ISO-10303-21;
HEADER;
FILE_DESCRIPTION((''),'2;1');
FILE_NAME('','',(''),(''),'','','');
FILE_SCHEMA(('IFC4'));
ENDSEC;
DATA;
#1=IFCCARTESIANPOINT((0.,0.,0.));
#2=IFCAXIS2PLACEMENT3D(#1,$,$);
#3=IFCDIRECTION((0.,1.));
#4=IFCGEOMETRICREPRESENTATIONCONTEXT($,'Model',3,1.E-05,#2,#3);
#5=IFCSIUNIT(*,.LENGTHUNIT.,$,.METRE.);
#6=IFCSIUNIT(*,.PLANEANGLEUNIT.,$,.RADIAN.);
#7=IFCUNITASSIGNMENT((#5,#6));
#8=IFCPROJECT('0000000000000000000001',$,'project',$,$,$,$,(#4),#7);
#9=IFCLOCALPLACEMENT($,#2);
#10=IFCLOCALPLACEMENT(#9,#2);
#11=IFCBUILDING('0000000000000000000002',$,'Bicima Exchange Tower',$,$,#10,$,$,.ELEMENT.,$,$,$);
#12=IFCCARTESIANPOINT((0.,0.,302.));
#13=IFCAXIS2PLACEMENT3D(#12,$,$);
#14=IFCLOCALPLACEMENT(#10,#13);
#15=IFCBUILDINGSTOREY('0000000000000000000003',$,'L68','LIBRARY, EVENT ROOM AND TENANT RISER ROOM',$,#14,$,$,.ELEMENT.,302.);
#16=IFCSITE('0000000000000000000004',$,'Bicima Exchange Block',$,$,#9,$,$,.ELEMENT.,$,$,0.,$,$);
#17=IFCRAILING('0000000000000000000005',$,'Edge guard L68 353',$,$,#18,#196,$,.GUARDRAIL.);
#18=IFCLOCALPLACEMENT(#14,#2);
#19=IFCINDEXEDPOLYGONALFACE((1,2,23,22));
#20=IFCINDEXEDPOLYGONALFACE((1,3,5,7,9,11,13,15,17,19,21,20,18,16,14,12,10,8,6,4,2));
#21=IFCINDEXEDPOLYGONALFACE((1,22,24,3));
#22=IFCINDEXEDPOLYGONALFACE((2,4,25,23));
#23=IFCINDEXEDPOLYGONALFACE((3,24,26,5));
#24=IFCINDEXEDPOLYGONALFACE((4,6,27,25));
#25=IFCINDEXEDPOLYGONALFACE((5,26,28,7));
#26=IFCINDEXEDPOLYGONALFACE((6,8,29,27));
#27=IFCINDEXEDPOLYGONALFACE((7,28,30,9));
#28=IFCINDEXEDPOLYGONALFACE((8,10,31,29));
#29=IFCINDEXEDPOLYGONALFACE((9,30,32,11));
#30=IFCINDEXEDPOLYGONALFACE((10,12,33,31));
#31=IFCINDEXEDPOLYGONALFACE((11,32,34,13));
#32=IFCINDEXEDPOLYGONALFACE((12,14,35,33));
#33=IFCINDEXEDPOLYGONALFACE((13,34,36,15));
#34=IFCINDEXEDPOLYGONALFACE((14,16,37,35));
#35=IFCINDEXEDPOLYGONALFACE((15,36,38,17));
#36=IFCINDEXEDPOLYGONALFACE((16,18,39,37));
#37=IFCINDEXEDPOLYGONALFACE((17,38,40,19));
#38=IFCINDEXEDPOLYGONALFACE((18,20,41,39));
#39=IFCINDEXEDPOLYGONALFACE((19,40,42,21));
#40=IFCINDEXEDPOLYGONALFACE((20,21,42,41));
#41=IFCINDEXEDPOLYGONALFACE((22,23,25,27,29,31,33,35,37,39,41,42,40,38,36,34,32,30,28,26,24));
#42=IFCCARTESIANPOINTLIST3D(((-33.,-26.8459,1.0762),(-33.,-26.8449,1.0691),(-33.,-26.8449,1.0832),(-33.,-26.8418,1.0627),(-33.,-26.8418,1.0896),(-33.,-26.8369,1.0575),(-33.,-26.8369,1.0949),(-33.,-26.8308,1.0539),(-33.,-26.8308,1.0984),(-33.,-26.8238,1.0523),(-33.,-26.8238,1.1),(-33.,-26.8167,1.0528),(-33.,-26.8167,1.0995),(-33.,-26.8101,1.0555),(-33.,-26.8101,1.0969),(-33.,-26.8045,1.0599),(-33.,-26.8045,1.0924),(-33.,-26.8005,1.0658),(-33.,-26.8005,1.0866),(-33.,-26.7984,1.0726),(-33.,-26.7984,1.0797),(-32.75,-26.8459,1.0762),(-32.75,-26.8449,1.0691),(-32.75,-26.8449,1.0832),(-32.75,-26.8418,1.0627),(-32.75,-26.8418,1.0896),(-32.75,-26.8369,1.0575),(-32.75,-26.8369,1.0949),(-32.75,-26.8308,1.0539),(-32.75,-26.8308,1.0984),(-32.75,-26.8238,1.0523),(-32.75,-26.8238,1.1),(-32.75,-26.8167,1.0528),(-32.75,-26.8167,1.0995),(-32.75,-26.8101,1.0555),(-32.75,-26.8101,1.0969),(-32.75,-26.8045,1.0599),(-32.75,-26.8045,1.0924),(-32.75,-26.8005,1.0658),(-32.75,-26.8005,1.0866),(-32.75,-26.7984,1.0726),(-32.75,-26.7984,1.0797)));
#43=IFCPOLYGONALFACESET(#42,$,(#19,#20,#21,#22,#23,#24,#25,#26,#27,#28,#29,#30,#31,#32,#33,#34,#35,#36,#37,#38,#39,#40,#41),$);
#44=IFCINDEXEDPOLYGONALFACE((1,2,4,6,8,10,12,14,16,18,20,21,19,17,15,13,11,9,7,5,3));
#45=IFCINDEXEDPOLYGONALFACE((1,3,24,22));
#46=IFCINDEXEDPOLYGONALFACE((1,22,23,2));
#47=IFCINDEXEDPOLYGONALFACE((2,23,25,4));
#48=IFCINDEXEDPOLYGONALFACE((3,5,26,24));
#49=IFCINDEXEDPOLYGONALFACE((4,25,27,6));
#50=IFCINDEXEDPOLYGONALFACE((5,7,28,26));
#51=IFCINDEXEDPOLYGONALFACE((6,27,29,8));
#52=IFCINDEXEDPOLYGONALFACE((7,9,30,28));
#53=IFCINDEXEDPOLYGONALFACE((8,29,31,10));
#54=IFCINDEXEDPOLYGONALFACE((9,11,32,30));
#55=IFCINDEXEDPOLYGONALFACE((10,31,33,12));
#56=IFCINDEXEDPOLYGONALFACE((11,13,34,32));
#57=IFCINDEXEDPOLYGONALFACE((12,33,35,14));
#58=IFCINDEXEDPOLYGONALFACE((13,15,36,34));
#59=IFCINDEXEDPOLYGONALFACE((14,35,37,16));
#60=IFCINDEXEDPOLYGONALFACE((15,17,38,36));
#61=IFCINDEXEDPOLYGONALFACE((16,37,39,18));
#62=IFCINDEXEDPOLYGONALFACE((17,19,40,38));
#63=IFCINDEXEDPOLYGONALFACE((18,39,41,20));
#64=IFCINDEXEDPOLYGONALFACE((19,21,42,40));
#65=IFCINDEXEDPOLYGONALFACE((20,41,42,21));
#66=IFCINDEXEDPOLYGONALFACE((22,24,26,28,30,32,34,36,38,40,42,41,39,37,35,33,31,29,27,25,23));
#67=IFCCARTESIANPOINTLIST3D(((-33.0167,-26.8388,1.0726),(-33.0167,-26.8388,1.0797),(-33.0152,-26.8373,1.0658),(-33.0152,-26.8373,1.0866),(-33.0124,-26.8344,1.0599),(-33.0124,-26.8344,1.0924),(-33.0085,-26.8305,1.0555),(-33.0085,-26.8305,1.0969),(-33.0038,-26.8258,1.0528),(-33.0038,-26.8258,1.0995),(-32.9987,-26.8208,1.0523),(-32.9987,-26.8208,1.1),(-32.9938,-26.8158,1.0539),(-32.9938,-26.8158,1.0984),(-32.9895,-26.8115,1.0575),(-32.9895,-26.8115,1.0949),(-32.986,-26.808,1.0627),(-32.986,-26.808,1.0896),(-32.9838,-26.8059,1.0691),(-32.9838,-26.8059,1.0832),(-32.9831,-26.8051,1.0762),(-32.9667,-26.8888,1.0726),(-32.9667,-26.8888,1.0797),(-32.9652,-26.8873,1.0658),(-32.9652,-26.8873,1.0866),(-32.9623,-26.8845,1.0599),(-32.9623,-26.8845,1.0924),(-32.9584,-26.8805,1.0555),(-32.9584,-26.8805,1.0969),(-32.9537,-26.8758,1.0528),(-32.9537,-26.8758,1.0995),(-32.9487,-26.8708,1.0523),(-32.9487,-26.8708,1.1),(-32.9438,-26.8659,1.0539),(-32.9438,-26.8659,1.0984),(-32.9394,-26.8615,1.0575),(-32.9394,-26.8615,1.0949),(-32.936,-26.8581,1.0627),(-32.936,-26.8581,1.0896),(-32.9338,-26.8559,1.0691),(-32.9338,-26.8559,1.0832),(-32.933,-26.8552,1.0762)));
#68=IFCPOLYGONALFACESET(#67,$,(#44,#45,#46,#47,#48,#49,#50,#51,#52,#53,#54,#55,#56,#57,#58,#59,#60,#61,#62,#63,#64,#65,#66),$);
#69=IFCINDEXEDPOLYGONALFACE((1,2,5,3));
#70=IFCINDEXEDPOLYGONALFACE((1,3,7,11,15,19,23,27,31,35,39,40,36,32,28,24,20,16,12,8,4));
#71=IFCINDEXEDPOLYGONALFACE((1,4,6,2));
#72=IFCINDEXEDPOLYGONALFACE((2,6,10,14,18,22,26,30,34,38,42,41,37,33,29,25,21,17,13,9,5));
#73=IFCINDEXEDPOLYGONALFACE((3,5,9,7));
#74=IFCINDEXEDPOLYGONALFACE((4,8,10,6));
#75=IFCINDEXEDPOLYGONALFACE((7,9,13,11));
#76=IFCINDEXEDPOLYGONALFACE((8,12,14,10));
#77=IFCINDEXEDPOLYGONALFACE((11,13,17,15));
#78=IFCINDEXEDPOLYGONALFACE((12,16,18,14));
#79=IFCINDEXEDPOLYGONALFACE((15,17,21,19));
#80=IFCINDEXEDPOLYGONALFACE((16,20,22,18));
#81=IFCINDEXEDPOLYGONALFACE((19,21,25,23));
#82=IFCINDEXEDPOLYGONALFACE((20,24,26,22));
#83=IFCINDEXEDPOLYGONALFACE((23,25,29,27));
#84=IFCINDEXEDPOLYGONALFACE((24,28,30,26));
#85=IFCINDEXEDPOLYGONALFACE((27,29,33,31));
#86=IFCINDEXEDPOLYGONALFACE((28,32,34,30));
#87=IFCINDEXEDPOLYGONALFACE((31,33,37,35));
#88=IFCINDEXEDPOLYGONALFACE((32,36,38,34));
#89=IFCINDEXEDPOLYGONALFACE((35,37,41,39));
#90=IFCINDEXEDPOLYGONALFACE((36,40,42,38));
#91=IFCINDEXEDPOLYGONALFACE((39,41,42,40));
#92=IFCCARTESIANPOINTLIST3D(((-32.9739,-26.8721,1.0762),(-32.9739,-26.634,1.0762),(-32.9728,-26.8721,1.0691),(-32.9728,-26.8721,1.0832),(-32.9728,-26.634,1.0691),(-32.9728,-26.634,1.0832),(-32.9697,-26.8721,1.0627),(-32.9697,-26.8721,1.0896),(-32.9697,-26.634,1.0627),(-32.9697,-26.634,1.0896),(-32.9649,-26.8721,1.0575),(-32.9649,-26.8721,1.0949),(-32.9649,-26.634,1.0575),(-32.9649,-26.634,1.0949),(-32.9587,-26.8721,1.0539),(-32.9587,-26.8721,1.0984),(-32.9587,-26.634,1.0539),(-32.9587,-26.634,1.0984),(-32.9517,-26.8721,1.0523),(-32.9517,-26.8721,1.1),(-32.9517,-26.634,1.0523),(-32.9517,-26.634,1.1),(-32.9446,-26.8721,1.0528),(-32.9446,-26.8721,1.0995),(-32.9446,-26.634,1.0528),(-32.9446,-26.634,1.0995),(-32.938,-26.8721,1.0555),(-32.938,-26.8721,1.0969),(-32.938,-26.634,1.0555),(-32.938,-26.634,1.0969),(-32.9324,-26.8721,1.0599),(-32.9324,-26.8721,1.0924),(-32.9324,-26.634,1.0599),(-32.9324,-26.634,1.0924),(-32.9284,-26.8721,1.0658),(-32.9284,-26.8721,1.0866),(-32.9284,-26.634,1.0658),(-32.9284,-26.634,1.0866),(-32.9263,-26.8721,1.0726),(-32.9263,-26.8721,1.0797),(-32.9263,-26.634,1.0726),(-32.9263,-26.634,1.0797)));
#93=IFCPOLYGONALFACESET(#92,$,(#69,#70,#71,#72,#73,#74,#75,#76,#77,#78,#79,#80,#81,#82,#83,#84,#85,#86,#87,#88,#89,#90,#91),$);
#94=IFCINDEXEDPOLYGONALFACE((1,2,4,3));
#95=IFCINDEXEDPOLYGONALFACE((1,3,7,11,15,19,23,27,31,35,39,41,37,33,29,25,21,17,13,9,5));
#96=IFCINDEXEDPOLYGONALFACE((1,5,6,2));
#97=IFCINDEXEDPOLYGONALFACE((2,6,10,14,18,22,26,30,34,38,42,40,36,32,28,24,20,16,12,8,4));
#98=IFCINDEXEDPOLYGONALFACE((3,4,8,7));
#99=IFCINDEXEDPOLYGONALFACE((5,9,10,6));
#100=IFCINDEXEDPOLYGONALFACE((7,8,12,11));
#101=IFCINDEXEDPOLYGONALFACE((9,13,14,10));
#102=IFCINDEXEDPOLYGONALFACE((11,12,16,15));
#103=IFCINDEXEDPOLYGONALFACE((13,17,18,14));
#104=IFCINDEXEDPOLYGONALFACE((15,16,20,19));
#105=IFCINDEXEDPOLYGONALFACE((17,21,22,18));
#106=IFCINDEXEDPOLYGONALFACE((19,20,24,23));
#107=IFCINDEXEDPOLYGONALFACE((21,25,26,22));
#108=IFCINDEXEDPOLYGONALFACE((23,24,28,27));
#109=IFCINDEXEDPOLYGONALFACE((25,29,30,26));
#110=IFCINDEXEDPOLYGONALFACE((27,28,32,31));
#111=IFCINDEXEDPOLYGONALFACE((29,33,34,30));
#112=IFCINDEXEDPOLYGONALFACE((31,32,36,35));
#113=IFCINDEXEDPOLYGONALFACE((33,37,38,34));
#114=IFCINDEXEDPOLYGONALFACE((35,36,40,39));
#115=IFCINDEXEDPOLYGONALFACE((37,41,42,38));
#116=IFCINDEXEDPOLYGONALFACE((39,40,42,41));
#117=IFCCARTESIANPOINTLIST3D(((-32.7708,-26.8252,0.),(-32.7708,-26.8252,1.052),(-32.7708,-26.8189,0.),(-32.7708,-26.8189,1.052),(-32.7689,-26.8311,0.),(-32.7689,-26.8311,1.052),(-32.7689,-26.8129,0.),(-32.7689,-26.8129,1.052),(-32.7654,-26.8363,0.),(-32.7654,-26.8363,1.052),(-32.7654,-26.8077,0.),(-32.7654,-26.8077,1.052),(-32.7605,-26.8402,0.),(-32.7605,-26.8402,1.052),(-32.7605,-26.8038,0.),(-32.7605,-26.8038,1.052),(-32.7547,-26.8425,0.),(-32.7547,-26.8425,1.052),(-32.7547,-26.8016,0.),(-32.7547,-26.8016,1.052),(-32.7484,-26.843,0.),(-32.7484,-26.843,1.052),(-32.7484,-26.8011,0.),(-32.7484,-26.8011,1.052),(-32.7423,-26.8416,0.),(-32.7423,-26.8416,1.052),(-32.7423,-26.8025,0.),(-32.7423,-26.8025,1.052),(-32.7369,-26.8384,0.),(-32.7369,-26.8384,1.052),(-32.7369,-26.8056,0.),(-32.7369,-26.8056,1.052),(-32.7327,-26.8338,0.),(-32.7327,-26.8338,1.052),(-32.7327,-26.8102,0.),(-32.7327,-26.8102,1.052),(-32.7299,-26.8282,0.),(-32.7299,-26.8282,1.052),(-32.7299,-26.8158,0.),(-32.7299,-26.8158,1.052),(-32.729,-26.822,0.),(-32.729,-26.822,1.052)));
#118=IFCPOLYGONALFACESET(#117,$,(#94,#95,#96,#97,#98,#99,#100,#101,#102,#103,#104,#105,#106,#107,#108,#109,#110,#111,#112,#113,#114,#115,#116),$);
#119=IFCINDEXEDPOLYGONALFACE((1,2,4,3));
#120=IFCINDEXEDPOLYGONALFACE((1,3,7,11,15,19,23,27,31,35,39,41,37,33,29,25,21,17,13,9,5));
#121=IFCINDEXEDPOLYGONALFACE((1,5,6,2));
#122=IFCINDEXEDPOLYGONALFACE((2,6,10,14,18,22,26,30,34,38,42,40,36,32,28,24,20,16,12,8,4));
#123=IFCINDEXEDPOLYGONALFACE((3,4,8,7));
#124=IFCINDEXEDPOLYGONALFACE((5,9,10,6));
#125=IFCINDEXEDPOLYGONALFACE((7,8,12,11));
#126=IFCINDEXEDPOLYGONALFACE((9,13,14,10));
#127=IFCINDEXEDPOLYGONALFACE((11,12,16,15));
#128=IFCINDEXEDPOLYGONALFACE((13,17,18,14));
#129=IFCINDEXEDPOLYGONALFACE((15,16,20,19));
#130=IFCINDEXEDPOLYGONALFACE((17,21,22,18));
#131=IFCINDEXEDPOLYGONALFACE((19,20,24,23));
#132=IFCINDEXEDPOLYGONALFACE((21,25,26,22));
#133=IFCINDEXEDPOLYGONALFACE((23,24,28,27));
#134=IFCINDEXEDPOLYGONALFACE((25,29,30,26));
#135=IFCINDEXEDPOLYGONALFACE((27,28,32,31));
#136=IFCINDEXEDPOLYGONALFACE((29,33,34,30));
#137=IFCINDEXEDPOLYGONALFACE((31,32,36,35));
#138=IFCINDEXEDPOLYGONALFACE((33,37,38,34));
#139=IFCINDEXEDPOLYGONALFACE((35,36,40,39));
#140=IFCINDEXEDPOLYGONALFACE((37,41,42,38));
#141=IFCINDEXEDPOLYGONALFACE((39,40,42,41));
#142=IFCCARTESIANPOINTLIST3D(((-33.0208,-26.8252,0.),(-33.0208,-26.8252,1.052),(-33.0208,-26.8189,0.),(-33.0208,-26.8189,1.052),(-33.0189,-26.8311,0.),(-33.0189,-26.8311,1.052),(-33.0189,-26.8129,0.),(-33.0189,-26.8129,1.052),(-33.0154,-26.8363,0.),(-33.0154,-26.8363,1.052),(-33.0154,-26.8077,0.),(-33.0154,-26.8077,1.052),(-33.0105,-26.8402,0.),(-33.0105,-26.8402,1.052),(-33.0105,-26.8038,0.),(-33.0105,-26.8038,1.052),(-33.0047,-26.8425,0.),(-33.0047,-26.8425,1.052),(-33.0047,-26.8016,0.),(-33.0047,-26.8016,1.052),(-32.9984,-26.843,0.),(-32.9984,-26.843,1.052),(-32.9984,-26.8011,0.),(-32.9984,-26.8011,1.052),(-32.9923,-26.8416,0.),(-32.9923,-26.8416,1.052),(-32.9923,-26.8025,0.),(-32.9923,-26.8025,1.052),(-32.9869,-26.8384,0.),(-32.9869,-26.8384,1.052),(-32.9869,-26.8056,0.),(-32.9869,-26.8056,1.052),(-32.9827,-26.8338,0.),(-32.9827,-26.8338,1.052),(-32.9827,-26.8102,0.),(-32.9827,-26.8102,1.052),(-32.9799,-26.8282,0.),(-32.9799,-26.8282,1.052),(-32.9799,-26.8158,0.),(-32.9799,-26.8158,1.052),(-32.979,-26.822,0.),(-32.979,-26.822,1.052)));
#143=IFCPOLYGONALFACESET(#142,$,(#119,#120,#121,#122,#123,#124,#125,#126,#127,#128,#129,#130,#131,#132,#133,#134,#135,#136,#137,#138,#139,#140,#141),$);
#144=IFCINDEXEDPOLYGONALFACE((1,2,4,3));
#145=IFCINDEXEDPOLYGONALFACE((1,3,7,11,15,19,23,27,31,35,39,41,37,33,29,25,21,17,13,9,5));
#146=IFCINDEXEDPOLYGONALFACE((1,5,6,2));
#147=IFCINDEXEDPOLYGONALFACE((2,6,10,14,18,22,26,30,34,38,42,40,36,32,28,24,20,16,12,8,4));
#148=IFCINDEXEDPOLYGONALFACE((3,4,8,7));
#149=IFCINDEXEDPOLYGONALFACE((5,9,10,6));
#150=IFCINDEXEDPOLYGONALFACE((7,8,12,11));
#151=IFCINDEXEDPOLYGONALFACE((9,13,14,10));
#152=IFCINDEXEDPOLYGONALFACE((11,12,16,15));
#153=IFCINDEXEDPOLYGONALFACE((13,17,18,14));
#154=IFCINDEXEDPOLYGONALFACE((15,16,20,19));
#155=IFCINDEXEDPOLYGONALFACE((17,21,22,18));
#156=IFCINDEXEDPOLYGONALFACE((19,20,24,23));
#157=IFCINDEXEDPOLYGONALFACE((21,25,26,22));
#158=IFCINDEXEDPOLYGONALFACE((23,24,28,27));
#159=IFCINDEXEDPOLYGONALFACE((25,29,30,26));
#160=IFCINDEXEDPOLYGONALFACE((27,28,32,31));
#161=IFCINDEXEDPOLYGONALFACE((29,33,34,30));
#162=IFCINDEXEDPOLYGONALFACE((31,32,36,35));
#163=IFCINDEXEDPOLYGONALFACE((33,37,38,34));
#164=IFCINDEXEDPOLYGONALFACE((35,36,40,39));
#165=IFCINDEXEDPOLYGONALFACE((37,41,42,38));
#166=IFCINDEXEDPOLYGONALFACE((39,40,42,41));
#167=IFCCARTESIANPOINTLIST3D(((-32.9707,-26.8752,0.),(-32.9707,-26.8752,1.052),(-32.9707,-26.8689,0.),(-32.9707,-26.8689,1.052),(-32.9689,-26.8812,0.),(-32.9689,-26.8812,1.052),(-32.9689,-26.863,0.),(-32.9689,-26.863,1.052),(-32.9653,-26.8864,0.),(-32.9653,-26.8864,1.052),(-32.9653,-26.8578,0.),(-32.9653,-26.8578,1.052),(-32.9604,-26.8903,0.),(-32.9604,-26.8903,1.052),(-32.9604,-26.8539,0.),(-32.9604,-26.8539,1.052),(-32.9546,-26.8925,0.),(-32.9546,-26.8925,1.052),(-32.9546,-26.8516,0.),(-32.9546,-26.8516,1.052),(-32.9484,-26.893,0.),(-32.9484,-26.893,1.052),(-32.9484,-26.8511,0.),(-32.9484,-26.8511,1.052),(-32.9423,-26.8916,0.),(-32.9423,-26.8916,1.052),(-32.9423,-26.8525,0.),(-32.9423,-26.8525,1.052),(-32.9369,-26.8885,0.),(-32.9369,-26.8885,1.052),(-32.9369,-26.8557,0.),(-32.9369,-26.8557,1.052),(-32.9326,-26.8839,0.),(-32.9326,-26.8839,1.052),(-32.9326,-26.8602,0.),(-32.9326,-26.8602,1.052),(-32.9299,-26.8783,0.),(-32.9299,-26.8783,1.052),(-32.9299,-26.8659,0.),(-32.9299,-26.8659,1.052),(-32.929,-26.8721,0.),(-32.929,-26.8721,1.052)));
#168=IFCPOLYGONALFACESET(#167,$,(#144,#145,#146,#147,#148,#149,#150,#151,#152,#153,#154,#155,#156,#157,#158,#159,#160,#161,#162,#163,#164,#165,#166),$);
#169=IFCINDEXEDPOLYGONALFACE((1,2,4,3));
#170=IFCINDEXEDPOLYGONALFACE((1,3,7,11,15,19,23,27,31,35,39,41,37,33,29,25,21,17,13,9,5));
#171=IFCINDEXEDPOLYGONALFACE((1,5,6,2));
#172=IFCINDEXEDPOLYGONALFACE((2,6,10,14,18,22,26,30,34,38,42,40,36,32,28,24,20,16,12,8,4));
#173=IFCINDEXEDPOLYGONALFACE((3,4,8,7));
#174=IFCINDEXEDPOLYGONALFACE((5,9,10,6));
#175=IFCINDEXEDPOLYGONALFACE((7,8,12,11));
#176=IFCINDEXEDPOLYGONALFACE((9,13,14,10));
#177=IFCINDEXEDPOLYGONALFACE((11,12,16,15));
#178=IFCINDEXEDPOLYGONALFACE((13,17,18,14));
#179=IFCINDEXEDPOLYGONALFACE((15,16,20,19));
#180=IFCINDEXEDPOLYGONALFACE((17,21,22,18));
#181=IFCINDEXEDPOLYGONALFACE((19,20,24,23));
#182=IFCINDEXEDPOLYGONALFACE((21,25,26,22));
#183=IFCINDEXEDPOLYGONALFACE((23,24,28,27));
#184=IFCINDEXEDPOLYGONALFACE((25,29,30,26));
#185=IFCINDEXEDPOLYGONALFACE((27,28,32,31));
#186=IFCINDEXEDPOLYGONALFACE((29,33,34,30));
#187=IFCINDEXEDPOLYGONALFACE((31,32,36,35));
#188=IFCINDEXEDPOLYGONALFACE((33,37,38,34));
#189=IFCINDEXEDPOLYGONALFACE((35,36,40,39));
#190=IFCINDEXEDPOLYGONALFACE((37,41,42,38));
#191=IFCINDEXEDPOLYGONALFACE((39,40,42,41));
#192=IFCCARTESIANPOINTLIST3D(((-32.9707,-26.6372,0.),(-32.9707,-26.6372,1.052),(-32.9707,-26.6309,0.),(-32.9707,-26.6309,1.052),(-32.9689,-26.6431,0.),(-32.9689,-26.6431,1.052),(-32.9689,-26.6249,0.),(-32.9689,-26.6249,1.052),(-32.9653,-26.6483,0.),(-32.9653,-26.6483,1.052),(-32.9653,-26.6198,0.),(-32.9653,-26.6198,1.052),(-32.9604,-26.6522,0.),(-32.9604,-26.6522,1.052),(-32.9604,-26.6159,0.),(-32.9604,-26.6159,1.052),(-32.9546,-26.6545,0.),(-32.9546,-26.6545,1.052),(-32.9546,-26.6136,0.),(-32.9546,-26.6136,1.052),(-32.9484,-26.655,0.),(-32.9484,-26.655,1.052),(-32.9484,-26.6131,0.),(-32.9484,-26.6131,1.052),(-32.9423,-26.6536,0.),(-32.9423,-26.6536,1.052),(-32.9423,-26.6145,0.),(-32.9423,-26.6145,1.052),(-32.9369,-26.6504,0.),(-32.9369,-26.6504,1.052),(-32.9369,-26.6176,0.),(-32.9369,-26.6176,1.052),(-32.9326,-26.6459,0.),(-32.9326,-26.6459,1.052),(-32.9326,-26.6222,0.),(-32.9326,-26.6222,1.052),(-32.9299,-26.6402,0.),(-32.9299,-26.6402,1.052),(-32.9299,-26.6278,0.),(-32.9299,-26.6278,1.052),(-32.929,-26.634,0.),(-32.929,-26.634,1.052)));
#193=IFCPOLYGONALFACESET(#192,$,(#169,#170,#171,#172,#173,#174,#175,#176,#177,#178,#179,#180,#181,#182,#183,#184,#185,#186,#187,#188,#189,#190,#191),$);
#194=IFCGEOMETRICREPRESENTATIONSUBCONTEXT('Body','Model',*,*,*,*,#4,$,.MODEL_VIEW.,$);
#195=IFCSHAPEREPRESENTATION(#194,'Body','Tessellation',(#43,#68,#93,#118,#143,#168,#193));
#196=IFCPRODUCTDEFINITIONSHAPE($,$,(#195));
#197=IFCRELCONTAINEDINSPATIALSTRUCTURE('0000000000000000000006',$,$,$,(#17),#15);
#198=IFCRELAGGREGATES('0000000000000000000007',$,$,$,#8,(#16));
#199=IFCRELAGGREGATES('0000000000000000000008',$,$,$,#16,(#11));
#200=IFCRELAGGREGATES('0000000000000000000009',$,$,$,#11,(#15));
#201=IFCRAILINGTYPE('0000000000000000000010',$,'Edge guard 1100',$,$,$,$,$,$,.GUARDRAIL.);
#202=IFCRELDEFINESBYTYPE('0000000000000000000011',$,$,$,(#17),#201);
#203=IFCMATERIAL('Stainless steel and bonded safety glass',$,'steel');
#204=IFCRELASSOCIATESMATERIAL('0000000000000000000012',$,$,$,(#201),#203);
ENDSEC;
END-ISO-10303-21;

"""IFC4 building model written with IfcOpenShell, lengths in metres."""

from ifc_helpers import new_model, si_unit, direction, frame, origin, origin_2d, place, context, subcontext, project, spatial, circle, extrude, material, type_object, element, save


model = new_model("IFC4")

# Units and contexts
model_context = context("Model", 3, precision=1e-05, world=origin(), true_north=direction((0.0, 1.0)))
body_context = subcontext(model_context, "Body", "Model", "MODEL_VIEW")
ifc_project = project(units=[si_unit("LENGTHUNIT", "METRE"), si_unit("PLANEANGLEUNIT", "RADIAN")], contexts=[model_context])

# Site, building, storey
site_placement = place(None, origin())
site = spatial("IfcSite", under=ifc_project, at=site_placement, Name="Bicima Exchange Block", CompositionType="ELEMENT", RefElevation=0.0)
building_placement = place(site_placement, origin())
building = spatial("IfcBuilding", under=site, at=building_placement, Name="Bicima Exchange Tower", CompositionType="ELEMENT")
storey_placement = place(building_placement, frame((0.0, 0.0, 302.0)))
storey = spatial("IfcBuildingStorey", under=building, at=storey_placement, Name="L68", Description="LIBRARY, EVENT ROOM AND TENANT RISER ROOM", CompositionType="ELEMENT", Elevation=302.0)

# Railing
ifc_material_1 = material(Name="Stainless steel and bonded safety glass", Category="steel")
railing_type = type_object("IfcRailingType", Name="Edge guard 1100", PredefinedType="GUARDRAIL", material=ifc_material_1)
railing_1_placement = place(storey_placement, frame((-32.75, -26.822, 0.0)))
element("IfcRailing", 1, at=railing_1_placement, inside=storey, type_object=railing_type, Name="Edge guard L68 353", PredefinedType="GUARDRAIL", context=body_context, shape_type="SweptSolid", body=[
    extrude(circle(Radius=0.0239, at=origin_2d()), frame((0.0, 0.0, 1.0762), z_axis=(-1.0, 0.0, 0.0), x_axis=(0.0, -1.0, 0.0)), (0.0, 0.0, 1.0), 0.25),
    extrude(circle(Radius=0.0239, at=origin_2d()), frame((-0.25, 0.0, 1.0762), z_axis=(0.707107, -0.707107, 0.0), x_axis=(0.707107, 0.707107, 0.0)), (0.0, 0.0, 1.0), 0.0708),
    extrude(circle(Radius=0.0239, at=origin_2d()), frame((-0.2, -0.05, 1.0762), z_axis=(0.0, 1.0, 0.0), x_axis=(-1.0, 0.0, 0.0)), (0.0, 0.0, 1.0), 0.238),
    extrude(circle(Radius=0.021, at=origin_2d()), origin(), (0.0, 0.0, 1.0), 1.052),
    extrude(circle(Radius=0.021, at=origin_2d()), frame((-0.25, 0.0, 0.0)), (0.0, 0.0, 1.0), 1.052),
    extrude(circle(Radius=0.021, at=origin_2d()), frame((-0.2, -0.05, 0.0)), (0.0, 0.0, 1.0), 1.052),
    extrude(circle(Radius=0.021, at=origin_2d()), frame((-0.2, 0.188, 0.0)), (0.0, 0.0, 1.0), 1.052),
])

save(model, "model.ifc")
